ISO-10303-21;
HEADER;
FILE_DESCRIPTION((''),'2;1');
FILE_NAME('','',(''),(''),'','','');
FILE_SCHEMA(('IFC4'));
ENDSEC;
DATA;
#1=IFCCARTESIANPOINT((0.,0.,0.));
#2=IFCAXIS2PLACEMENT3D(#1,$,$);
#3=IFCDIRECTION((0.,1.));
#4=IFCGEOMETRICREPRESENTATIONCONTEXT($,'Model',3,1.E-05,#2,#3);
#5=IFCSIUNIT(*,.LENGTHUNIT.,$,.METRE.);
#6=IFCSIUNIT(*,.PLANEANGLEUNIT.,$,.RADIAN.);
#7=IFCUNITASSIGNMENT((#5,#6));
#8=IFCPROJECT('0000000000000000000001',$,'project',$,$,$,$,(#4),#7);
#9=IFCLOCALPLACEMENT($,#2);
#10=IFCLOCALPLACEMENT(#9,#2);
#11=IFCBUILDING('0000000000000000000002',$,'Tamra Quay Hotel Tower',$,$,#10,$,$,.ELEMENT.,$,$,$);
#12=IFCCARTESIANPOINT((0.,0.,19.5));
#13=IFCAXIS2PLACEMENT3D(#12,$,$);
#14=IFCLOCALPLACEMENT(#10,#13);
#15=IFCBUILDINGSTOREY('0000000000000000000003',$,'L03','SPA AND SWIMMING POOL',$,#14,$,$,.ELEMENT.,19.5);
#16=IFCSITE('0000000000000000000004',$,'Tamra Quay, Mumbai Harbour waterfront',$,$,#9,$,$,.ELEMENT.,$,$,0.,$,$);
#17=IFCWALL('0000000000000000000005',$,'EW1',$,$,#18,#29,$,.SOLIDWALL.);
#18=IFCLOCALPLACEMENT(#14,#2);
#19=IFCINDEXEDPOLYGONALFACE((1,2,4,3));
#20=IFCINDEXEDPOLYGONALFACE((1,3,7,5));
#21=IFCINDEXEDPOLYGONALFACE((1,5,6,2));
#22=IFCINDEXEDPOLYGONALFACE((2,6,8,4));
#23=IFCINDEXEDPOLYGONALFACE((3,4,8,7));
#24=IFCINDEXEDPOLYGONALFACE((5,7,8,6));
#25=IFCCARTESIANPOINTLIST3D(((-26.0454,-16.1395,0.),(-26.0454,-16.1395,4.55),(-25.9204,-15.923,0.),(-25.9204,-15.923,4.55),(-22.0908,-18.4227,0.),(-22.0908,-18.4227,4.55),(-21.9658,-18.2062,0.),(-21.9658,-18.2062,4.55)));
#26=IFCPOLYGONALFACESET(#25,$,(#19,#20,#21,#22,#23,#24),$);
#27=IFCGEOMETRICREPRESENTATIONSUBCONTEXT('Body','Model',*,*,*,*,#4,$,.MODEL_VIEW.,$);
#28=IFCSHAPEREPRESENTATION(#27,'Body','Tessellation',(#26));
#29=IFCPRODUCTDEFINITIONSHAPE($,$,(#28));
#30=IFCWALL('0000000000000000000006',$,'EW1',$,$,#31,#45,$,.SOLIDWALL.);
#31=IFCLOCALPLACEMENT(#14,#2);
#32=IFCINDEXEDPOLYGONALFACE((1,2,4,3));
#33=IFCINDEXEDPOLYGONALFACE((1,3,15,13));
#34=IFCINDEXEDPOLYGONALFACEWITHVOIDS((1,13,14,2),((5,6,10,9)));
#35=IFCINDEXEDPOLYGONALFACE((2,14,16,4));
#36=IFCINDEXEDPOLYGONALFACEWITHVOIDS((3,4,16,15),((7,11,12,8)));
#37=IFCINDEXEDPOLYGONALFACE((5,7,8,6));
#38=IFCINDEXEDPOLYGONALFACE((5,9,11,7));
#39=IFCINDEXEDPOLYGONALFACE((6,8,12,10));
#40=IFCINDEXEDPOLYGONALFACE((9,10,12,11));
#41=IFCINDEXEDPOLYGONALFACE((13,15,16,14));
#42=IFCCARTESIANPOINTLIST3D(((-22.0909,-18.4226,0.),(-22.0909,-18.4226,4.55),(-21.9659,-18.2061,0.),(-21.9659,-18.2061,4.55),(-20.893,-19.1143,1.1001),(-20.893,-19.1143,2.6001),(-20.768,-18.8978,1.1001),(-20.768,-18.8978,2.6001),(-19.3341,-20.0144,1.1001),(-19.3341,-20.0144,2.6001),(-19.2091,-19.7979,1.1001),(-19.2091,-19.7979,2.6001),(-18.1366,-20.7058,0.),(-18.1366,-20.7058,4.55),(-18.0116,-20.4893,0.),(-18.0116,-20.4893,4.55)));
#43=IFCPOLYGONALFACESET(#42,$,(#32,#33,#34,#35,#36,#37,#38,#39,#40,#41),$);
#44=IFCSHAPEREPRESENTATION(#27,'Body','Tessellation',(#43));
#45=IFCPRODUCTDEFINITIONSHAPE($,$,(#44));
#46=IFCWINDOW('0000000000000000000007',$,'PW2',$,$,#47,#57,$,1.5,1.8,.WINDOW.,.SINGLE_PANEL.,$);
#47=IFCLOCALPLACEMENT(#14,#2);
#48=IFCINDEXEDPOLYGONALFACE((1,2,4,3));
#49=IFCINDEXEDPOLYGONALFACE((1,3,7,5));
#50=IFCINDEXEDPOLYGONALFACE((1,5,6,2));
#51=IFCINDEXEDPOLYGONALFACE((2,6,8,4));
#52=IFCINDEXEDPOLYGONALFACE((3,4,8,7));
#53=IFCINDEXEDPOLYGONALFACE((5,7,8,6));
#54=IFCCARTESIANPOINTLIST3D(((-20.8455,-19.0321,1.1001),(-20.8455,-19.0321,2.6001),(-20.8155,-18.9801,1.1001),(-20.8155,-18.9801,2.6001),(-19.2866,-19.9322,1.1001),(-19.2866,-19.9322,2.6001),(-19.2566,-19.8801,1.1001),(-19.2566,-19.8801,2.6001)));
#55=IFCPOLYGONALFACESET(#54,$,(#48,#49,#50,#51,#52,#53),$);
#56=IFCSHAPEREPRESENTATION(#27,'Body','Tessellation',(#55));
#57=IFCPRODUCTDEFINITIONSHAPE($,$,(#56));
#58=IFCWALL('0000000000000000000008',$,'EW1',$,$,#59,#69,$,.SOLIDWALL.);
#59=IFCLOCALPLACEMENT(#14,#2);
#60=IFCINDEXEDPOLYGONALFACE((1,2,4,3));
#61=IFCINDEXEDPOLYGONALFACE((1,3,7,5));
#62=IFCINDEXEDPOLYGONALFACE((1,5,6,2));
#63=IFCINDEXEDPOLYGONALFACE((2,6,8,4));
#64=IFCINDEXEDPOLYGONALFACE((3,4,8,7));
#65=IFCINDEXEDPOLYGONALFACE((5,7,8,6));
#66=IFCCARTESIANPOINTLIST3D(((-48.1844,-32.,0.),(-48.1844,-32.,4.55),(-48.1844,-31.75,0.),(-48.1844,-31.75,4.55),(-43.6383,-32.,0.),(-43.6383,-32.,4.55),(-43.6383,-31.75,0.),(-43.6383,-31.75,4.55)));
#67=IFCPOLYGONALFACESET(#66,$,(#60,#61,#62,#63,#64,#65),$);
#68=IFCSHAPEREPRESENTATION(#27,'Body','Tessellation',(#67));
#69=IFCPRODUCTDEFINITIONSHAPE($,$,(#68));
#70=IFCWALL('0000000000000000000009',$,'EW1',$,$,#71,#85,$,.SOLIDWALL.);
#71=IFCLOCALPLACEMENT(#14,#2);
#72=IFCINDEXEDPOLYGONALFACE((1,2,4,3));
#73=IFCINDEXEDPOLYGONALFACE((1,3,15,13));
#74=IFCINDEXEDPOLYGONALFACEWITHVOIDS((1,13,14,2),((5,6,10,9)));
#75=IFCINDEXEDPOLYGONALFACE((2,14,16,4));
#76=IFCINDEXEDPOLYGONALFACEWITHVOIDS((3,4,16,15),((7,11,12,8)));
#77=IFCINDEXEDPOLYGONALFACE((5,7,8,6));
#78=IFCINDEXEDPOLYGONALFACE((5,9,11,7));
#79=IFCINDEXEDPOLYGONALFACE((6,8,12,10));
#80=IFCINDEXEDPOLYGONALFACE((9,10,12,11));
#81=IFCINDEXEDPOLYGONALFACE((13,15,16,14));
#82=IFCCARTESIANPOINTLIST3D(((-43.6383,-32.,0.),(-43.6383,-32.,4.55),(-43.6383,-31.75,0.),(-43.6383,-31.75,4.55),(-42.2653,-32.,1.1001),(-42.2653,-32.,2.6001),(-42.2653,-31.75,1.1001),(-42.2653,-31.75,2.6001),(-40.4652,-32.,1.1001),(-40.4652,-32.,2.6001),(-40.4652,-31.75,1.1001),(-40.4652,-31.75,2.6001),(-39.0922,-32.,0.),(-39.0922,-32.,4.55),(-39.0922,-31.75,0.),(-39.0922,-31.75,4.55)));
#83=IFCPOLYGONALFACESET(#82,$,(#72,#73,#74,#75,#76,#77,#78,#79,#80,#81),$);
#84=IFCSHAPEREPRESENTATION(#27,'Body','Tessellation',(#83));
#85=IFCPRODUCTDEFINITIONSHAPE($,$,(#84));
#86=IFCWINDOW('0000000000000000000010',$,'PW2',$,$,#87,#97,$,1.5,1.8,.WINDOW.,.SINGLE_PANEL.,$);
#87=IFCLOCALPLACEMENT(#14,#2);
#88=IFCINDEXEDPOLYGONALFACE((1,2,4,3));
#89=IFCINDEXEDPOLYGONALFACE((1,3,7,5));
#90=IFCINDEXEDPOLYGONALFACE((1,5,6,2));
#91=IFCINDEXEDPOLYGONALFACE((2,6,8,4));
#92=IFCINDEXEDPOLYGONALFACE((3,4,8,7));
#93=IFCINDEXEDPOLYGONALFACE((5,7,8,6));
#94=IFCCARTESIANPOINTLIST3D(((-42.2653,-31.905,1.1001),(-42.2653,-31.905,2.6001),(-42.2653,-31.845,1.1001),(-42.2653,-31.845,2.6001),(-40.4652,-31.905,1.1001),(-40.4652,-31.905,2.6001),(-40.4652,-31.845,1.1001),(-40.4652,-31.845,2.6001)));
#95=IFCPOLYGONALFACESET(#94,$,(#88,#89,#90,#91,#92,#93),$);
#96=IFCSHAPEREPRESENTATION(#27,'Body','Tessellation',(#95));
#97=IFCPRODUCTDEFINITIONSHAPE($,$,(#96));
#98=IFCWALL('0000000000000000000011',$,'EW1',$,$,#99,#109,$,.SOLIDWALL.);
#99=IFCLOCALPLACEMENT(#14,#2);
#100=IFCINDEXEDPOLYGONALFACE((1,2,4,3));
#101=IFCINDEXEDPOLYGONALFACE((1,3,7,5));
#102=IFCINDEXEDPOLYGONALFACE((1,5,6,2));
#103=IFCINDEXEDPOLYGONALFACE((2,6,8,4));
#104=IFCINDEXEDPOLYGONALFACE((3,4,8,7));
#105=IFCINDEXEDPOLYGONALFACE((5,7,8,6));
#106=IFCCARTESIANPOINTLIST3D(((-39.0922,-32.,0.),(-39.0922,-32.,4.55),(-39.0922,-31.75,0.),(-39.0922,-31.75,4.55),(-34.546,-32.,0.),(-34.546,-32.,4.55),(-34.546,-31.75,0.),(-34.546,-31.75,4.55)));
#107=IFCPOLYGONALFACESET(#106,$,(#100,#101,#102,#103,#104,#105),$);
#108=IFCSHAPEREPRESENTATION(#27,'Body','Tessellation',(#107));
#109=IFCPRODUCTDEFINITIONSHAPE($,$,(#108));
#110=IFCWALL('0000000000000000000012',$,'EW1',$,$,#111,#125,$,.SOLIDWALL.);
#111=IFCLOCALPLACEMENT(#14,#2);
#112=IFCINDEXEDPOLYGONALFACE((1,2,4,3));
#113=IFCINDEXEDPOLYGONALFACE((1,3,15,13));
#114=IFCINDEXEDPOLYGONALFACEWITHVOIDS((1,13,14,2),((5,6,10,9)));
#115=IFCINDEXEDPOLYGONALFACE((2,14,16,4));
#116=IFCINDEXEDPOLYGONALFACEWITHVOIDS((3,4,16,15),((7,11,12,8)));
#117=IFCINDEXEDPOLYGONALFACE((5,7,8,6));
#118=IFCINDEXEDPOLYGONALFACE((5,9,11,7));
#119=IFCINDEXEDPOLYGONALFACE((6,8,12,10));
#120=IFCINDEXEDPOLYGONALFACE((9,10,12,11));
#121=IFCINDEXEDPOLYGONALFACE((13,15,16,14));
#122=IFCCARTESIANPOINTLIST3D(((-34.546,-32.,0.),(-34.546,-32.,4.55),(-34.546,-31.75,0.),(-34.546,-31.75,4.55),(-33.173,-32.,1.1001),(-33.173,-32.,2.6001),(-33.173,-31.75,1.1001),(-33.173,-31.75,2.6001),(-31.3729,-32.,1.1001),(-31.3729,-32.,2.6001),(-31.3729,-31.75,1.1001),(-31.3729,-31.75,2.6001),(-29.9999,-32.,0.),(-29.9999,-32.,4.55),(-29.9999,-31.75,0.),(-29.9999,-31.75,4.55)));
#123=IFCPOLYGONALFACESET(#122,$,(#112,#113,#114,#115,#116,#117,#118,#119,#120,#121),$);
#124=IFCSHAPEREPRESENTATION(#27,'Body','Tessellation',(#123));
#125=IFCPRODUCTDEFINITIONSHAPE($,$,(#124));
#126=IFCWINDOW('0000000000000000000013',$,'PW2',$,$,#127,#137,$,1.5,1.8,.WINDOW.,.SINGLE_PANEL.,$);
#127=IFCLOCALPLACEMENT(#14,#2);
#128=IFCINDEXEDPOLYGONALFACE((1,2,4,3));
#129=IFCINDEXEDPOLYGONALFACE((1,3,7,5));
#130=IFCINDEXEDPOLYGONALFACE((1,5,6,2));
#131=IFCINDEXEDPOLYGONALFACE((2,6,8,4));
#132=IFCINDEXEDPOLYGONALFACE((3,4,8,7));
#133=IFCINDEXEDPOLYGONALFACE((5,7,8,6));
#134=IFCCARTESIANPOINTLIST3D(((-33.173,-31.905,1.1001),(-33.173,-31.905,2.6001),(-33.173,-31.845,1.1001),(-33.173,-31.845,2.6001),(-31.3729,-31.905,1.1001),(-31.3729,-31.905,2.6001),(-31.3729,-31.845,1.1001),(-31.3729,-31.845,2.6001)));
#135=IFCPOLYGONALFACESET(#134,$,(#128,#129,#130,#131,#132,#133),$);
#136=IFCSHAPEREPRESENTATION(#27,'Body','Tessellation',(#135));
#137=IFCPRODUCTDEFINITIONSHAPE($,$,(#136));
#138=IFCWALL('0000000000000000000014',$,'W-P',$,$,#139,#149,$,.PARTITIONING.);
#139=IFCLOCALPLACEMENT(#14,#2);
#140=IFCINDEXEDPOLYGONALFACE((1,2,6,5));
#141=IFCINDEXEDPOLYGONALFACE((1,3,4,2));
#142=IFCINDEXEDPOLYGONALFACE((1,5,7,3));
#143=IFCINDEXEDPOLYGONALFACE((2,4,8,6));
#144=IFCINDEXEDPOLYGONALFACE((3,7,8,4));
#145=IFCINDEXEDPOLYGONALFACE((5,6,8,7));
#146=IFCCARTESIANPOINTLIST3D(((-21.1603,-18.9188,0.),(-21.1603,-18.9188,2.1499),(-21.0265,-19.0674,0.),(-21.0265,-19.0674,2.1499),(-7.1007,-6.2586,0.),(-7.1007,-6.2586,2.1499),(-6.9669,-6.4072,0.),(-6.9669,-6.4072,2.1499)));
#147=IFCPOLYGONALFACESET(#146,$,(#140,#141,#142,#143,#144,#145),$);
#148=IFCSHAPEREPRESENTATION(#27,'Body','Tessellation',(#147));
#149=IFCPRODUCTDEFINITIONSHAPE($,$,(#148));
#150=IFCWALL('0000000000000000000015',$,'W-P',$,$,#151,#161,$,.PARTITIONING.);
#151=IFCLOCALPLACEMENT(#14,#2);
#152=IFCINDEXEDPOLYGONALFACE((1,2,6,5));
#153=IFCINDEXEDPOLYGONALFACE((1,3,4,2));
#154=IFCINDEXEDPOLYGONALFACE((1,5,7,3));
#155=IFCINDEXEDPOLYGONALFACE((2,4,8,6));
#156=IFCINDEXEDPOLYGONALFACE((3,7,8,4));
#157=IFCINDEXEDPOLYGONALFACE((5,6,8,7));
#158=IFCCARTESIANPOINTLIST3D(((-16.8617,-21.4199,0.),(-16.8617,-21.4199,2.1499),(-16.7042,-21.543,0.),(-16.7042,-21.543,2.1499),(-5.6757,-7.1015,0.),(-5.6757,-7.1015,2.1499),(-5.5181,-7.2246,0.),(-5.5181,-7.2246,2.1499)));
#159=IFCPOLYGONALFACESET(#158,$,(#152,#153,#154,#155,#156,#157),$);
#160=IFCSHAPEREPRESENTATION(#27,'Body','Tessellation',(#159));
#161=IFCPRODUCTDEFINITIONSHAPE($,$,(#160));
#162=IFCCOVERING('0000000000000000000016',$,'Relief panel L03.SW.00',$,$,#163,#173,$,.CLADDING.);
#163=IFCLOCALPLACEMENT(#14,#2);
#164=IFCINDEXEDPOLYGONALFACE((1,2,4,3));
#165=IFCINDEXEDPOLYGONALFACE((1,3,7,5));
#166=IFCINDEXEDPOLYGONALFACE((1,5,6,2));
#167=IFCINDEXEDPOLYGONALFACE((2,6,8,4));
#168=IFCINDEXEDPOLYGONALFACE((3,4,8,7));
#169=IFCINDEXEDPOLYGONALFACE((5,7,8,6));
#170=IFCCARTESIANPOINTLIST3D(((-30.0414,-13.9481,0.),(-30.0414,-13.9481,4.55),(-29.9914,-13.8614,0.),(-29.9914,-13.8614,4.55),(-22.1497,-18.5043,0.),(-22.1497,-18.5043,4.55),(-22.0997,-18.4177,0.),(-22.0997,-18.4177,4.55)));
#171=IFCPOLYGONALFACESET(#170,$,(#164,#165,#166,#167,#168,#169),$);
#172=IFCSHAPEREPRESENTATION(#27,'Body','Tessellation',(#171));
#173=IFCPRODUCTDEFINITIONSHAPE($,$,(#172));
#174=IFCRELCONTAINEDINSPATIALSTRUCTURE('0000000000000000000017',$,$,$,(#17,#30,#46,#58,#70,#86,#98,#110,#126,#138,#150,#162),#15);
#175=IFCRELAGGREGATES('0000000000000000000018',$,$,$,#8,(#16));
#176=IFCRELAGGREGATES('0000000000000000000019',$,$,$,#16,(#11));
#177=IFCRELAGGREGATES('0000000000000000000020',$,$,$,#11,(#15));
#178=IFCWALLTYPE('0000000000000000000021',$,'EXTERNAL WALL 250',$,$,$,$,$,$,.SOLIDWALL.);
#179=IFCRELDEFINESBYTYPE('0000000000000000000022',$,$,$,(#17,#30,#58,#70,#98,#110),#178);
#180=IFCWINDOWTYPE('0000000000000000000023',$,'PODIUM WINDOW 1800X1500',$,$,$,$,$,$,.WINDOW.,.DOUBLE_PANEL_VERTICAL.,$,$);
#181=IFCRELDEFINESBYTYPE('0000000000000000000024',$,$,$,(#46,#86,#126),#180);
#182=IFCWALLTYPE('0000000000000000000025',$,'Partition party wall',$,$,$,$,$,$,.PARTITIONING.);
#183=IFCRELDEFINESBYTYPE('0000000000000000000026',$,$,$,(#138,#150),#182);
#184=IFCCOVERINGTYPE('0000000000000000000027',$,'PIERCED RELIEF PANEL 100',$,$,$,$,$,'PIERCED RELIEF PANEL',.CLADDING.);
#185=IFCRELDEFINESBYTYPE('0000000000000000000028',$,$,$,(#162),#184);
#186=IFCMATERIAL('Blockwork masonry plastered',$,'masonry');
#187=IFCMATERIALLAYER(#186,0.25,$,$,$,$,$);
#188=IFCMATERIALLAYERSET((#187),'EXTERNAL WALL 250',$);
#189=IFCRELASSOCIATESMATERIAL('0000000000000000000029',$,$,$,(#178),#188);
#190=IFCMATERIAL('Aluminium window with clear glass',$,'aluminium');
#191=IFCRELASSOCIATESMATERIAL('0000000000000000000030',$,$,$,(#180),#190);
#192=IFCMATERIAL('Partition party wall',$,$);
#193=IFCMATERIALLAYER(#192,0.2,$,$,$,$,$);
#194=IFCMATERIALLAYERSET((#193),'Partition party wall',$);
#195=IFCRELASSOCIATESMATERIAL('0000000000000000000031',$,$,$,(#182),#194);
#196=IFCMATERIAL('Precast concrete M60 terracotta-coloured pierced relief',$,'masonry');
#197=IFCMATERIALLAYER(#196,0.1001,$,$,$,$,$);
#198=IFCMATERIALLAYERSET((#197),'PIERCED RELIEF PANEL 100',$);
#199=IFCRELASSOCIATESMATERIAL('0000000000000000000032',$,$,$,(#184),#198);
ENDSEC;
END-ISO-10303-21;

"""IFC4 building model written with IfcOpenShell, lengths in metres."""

from ifc_helpers import new_model, si_unit, direction, frame, frame_2d, origin, origin_2d, place, context, subcontext, project, spatial, rectangle, extrude, material, layer, layer_set, type_object, element, fill, save


model = new_model("IFC4")

# Units and contexts
model_context = context("Model", 3, precision=1e-05, world=origin(), true_north=direction((0.0, 1.0)))
body_context = subcontext(model_context, "Body", "Model", "MODEL_VIEW")
ifc_project = project(units=[si_unit("LENGTHUNIT", "METRE"), si_unit("PLANEANGLEUNIT", "RADIAN")], contexts=[model_context])

# Site, building, storey
site_placement = place(None, origin())
site = spatial("IfcSite", under=ifc_project, at=site_placement, Name="Tamra Quay, Mumbai Harbour waterfront", CompositionType="ELEMENT", RefElevation=0.0)
building_placement = place(site_placement, origin())
building = spatial("IfcBuilding", under=site, at=building_placement, Name="Tamra Quay Hotel Tower", CompositionType="ELEMENT")
storey_placement = place(building_placement, frame((0.0, 0.0, 19.5)))
storey = spatial("IfcBuildingStorey", under=building, at=storey_placement, Name="L03", Description="SPA AND SWIMMING POOL", CompositionType="ELEMENT", Elevation=19.5)

# Shared definitions
ifc_material_1 = material(Name="Blockwork masonry plastered", Category="masonry")
ifc_layer_1 = layer(ifc_material_1, 0.25)
ifc_layer_set_1 = layer_set([ifc_layer_1], Name="EXTERNAL WALL 250")
wall_type_1 = type_object("IfcWallType", Name="EXTERNAL WALL 250", PredefinedType="SOLIDWALL", material=ifc_layer_set_1)
ifc_material_2 = material(Name="Aluminium window with clear glass", Category="aluminium")
window_type = type_object("IfcWindowType", Name="PODIUM WINDOW 1800X1500", PartitioningType="DOUBLE_PANEL_VERTICAL", PredefinedType="WINDOW", material=ifc_material_2)

# Wall
wall_1_placement = place(storey_placement, frame((-22.0283, -18.3145, 0.0), z_axis=(0.0, 0.0, 1.0), x_axis=(-0.866024, 0.500003, 0.0)))
element("IfcWall", 1, at=wall_1_placement, inside=storey, type_object=wall_type_1, Name="EW1", PredefinedType="SOLIDWALL", context=body_context, shape_type="SweptSolid", body=[
    extrude(rectangle(XDim=4.5664, YDim=0.25, at=frame_2d((2.2832, 0.0))), origin(), (0.0, 0.0, 1.0), 4.55),
])

# Wall, opening, window
wall_2_placement = place(storey_placement, frame((-18.074, -20.5977, 0.0), z_axis=(0.0, 0.0, 1.0), x_axis=(-0.86601, 0.500026, 0.0)))
wall_2 = element("IfcWall", 2, at=wall_2_placement, inside=storey, type_object=wall_type_1, Name="EW1", PredefinedType="SOLIDWALL", context=body_context, shape_type="SweptSolid", body=[
    extrude(rectangle(XDim=4.5662, YDim=0.25, at=frame_2d((2.2832, 0.0))), origin(), (0.0, 0.0, 1.0), 4.55),
])
opening_1_placement = place(wall_2_placement, frame((1.3831, 0.0, 1.1001)))
opening_1 = element("IfcOpeningElement", 3, at=opening_1_placement, cuts=wall_2, PredefinedType="OPENING", context=body_context, shape_type="SweptSolid", body=[
    extrude(rectangle(XDim=1.8, YDim=1.5, at=frame_2d((0.8999, 0.75))), frame((0.0, 0.135, 0.0), z_axis=(0.0, -1.0, 0.0), x_axis=(1.0, 0.0, 0.0)), (0.0, 0.0, 1.0), 0.27),
])
window_1_placement = place(opening_1_placement, origin())
window_1 = element("IfcWindow", 4, at=window_1_placement, inside=storey, type_object=window_type, Name="PW2", OverallHeight=1.5, OverallWidth=1.8, PartitioningType="SINGLE_PANEL", PredefinedType="WINDOW", context=body_context, shape_type="SweptSolid", body=[
    extrude(rectangle(XDim=1.8, YDim=1.5, at=frame_2d((0.8999, 0.75))), frame((0.0, 0.03, 0.0), z_axis=(0.0, -1.0, 0.0), x_axis=(1.0, 0.0, 0.0)), (0.0, 0.0, 1.0), 0.0601),
])
fill(opening_1, window_1)

# Wall
wall_3_placement = place(storey_placement, frame((-43.6384, -31.875, 0.0), z_axis=(0.0, 0.0, 1.0), x_axis=(-1.0, 0.0, 0.0)))
element("IfcWall", 5, at=wall_3_placement, inside=storey, type_object=wall_type_1, Name="EW1", PredefinedType="SOLIDWALL", context=body_context, shape_type="SweptSolid", body=[
    extrude(rectangle(XDim=4.5461, YDim=0.25, at=frame_2d((2.2729, 0.0))), origin(), (0.0, 0.0, 1.0), 4.55),
])

# Wall, opening, window
wall_4_placement = place(storey_placement, frame((-39.0923, -31.875, 0.0), z_axis=(0.0, 0.0, 1.0), x_axis=(-1.0, 0.0, 0.0)))
wall_4 = element("IfcWall", 6, at=wall_4_placement, inside=storey, type_object=wall_type_1, Name="EW1", PredefinedType="SOLIDWALL", context=body_context, shape_type="SweptSolid", body=[
    extrude(rectangle(XDim=4.5461, YDim=0.25, at=frame_2d((2.2729, 0.0))), origin(), (0.0, 0.0, 1.0), 4.55),
])
opening_2_placement = place(wall_4_placement, frame((1.373, 0.0, 1.1001)))
opening_2 = element("IfcOpeningElement", 7, at=opening_2_placement, cuts=wall_4, PredefinedType="OPENING", context=body_context, shape_type="SweptSolid", body=[
    extrude(rectangle(XDim=1.8, YDim=1.5, at=frame_2d((0.8999, 0.75))), frame((0.0, 0.135, 0.0), z_axis=(0.0, -1.0, 0.0), x_axis=(1.0, 0.0, 0.0)), (0.0, 0.0, 1.0), 0.27),
])
window_2_placement = place(opening_2_placement, origin())
window_2 = element("IfcWindow", 8, at=window_2_placement, inside=storey, type_object=window_type, Name="PW2", OverallHeight=1.5, OverallWidth=1.8, PartitioningType="SINGLE_PANEL", PredefinedType="WINDOW", context=body_context, shape_type="SweptSolid", body=[
    extrude(rectangle(XDim=1.8, YDim=1.5, at=frame_2d((0.8999, 0.75))), frame((0.0, 0.03, 0.0), z_axis=(0.0, -1.0, 0.0), x_axis=(1.0, 0.0, 0.0)), (0.0, 0.0, 1.0), 0.0601),
])
fill(opening_2, window_2)

# Wall
wall_5_placement = place(storey_placement, frame((-34.5461, -31.875, 0.0), z_axis=(0.0, 0.0, 1.0), x_axis=(-1.0, 0.0, 0.0)))
element("IfcWall", 9, at=wall_5_placement, inside=storey, type_object=wall_type_1, Name="EW1", PredefinedType="SOLIDWALL", context=body_context, shape_type="SweptSolid", body=[
    extrude(rectangle(XDim=4.5461, YDim=0.25, at=frame_2d((2.2729, 0.0))), origin(), (0.0, 0.0, 1.0), 4.55),
])

# Wall, opening, window
wall_6_placement = place(storey_placement, frame((-30.0, -31.875, 0.0), z_axis=(0.0, 0.0, 1.0), x_axis=(-1.0, 0.0, 0.0)))
wall_6 = element("IfcWall", 10, at=wall_6_placement, inside=storey, type_object=wall_type_1, Name="EW1", PredefinedType="SOLIDWALL", context=body_context, shape_type="SweptSolid", body=[
    extrude(rectangle(XDim=4.5461, YDim=0.25, at=frame_2d((2.2729, 0.0))), origin(), (0.0, 0.0, 1.0), 4.55),
])
opening_3_placement = place(wall_6_placement, frame((1.373, 0.0, 1.1001)))
opening_3 = element("IfcOpeningElement", 11, at=opening_3_placement, cuts=wall_6, PredefinedType="OPENING", context=body_context, shape_type="SweptSolid", body=[
    extrude(rectangle(XDim=1.8, YDim=1.5, at=frame_2d((0.8999, 0.75))), frame((0.0, 0.135, 0.0), z_axis=(0.0, -1.0, 0.0), x_axis=(1.0, 0.0, 0.0)), (0.0, 0.0, 1.0), 0.27),
])
window_3_placement = place(opening_3_placement, origin())
window_3 = element("IfcWindow", 12, at=window_3_placement, inside=storey, type_object=window_type, Name="PW2", OverallHeight=1.5, OverallWidth=1.8, PartitioningType="SINGLE_PANEL", PredefinedType="WINDOW", context=body_context, shape_type="SweptSolid", body=[
    extrude(rectangle(XDim=1.8, YDim=1.5, at=frame_2d((0.8999, 0.75))), frame((0.0, 0.03, 0.0), z_axis=(0.0, -1.0, 0.0), x_axis=(1.0, 0.0, 0.0)), (0.0, 0.0, 1.0), 0.0601),
])
fill(opening_3, window_3)

# Walls
ifc_material_3 = material(Name="Partition party wall")
ifc_layer_2 = layer(ifc_material_3, 0.2)
ifc_layer_set_2 = layer_set([ifc_layer_2], Name="Partition party wall")
wall_type_2 = type_object("IfcWallType", Name="Partition party wall", PredefinedType="PARTITIONING", material=ifc_layer_set_2)
wall_7_placement = place(storey_placement, frame((-21.0935, -18.9932, 0.0), z_axis=(0.0, 0.0, 1.0), x_axis=(0.743122, 0.669156, 0.0)))
element("IfcWall", 13, at=wall_7_placement, inside=storey, type_object=wall_type_2, Name="W-P", PredefinedType="PARTITIONING", context=body_context, shape_type="SweptSolid", body=[
    extrude(rectangle(XDim=18.9197, YDim=0.2, at=frame_2d((9.46, 0.0))), origin(), (0.0, 0.0, 1.0), 2.1499),
])
wall_8_placement = place(storey_placement, frame((-16.783, -21.4814, 0.0), z_axis=(0.0, 0.0, 1.0), x_axis=(0.615638, 0.788029, 0.0)))
element("IfcWall", 14, at=wall_8_placement, inside=storey, type_object=wall_type_2, Name="W-P", PredefinedType="PARTITIONING", context=body_context, shape_type="SweptSolid", body=[
    extrude(rectangle(XDim=18.1699, YDim=0.2, at=frame_2d((9.085, 0.0))), origin(), (0.0, 0.0, 1.0), 2.1499),
])

# Covering
ifc_material_4 = material(Name="Precast concrete M60 terracotta-coloured pierced relief", Category="masonry")
ifc_layer_3 = layer(ifc_material_4, 0.1001)
ifc_layer_set_3 = layer_set([ifc_layer_3], Name="PIERCED RELIEF PANEL 100")
covering_type_1 = type_object("IfcCoveringType", Name="PIERCED RELIEF PANEL 100", ElementType="PIERCED RELIEF PANEL", PredefinedType="CLADDING", material=ifc_layer_set_3)
for number, where, z_axis, x_axis, name in (
    (15, (-26.0706, -16.1829, 0.0), (0.0, 0.0, 1.0), (0.866025, -0.5, 0.0), "Relief panel L03.SW.00"),
):
    element("IfcCovering", number, at=place(storey_placement, frame(where, z_axis=z_axis, x_axis=x_axis)), inside=storey, type_object=covering_type_1, Name=name, PredefinedType="CLADDING", context=body_context, shape_type="SweptSolid", body=[
        extrude(rectangle(XDim=9.1125, YDim=0.1001, at=origin_2d()), origin(), (0.0, 0.0, 1.0), 4.55),
    ])

save(model, "model.ifc")
